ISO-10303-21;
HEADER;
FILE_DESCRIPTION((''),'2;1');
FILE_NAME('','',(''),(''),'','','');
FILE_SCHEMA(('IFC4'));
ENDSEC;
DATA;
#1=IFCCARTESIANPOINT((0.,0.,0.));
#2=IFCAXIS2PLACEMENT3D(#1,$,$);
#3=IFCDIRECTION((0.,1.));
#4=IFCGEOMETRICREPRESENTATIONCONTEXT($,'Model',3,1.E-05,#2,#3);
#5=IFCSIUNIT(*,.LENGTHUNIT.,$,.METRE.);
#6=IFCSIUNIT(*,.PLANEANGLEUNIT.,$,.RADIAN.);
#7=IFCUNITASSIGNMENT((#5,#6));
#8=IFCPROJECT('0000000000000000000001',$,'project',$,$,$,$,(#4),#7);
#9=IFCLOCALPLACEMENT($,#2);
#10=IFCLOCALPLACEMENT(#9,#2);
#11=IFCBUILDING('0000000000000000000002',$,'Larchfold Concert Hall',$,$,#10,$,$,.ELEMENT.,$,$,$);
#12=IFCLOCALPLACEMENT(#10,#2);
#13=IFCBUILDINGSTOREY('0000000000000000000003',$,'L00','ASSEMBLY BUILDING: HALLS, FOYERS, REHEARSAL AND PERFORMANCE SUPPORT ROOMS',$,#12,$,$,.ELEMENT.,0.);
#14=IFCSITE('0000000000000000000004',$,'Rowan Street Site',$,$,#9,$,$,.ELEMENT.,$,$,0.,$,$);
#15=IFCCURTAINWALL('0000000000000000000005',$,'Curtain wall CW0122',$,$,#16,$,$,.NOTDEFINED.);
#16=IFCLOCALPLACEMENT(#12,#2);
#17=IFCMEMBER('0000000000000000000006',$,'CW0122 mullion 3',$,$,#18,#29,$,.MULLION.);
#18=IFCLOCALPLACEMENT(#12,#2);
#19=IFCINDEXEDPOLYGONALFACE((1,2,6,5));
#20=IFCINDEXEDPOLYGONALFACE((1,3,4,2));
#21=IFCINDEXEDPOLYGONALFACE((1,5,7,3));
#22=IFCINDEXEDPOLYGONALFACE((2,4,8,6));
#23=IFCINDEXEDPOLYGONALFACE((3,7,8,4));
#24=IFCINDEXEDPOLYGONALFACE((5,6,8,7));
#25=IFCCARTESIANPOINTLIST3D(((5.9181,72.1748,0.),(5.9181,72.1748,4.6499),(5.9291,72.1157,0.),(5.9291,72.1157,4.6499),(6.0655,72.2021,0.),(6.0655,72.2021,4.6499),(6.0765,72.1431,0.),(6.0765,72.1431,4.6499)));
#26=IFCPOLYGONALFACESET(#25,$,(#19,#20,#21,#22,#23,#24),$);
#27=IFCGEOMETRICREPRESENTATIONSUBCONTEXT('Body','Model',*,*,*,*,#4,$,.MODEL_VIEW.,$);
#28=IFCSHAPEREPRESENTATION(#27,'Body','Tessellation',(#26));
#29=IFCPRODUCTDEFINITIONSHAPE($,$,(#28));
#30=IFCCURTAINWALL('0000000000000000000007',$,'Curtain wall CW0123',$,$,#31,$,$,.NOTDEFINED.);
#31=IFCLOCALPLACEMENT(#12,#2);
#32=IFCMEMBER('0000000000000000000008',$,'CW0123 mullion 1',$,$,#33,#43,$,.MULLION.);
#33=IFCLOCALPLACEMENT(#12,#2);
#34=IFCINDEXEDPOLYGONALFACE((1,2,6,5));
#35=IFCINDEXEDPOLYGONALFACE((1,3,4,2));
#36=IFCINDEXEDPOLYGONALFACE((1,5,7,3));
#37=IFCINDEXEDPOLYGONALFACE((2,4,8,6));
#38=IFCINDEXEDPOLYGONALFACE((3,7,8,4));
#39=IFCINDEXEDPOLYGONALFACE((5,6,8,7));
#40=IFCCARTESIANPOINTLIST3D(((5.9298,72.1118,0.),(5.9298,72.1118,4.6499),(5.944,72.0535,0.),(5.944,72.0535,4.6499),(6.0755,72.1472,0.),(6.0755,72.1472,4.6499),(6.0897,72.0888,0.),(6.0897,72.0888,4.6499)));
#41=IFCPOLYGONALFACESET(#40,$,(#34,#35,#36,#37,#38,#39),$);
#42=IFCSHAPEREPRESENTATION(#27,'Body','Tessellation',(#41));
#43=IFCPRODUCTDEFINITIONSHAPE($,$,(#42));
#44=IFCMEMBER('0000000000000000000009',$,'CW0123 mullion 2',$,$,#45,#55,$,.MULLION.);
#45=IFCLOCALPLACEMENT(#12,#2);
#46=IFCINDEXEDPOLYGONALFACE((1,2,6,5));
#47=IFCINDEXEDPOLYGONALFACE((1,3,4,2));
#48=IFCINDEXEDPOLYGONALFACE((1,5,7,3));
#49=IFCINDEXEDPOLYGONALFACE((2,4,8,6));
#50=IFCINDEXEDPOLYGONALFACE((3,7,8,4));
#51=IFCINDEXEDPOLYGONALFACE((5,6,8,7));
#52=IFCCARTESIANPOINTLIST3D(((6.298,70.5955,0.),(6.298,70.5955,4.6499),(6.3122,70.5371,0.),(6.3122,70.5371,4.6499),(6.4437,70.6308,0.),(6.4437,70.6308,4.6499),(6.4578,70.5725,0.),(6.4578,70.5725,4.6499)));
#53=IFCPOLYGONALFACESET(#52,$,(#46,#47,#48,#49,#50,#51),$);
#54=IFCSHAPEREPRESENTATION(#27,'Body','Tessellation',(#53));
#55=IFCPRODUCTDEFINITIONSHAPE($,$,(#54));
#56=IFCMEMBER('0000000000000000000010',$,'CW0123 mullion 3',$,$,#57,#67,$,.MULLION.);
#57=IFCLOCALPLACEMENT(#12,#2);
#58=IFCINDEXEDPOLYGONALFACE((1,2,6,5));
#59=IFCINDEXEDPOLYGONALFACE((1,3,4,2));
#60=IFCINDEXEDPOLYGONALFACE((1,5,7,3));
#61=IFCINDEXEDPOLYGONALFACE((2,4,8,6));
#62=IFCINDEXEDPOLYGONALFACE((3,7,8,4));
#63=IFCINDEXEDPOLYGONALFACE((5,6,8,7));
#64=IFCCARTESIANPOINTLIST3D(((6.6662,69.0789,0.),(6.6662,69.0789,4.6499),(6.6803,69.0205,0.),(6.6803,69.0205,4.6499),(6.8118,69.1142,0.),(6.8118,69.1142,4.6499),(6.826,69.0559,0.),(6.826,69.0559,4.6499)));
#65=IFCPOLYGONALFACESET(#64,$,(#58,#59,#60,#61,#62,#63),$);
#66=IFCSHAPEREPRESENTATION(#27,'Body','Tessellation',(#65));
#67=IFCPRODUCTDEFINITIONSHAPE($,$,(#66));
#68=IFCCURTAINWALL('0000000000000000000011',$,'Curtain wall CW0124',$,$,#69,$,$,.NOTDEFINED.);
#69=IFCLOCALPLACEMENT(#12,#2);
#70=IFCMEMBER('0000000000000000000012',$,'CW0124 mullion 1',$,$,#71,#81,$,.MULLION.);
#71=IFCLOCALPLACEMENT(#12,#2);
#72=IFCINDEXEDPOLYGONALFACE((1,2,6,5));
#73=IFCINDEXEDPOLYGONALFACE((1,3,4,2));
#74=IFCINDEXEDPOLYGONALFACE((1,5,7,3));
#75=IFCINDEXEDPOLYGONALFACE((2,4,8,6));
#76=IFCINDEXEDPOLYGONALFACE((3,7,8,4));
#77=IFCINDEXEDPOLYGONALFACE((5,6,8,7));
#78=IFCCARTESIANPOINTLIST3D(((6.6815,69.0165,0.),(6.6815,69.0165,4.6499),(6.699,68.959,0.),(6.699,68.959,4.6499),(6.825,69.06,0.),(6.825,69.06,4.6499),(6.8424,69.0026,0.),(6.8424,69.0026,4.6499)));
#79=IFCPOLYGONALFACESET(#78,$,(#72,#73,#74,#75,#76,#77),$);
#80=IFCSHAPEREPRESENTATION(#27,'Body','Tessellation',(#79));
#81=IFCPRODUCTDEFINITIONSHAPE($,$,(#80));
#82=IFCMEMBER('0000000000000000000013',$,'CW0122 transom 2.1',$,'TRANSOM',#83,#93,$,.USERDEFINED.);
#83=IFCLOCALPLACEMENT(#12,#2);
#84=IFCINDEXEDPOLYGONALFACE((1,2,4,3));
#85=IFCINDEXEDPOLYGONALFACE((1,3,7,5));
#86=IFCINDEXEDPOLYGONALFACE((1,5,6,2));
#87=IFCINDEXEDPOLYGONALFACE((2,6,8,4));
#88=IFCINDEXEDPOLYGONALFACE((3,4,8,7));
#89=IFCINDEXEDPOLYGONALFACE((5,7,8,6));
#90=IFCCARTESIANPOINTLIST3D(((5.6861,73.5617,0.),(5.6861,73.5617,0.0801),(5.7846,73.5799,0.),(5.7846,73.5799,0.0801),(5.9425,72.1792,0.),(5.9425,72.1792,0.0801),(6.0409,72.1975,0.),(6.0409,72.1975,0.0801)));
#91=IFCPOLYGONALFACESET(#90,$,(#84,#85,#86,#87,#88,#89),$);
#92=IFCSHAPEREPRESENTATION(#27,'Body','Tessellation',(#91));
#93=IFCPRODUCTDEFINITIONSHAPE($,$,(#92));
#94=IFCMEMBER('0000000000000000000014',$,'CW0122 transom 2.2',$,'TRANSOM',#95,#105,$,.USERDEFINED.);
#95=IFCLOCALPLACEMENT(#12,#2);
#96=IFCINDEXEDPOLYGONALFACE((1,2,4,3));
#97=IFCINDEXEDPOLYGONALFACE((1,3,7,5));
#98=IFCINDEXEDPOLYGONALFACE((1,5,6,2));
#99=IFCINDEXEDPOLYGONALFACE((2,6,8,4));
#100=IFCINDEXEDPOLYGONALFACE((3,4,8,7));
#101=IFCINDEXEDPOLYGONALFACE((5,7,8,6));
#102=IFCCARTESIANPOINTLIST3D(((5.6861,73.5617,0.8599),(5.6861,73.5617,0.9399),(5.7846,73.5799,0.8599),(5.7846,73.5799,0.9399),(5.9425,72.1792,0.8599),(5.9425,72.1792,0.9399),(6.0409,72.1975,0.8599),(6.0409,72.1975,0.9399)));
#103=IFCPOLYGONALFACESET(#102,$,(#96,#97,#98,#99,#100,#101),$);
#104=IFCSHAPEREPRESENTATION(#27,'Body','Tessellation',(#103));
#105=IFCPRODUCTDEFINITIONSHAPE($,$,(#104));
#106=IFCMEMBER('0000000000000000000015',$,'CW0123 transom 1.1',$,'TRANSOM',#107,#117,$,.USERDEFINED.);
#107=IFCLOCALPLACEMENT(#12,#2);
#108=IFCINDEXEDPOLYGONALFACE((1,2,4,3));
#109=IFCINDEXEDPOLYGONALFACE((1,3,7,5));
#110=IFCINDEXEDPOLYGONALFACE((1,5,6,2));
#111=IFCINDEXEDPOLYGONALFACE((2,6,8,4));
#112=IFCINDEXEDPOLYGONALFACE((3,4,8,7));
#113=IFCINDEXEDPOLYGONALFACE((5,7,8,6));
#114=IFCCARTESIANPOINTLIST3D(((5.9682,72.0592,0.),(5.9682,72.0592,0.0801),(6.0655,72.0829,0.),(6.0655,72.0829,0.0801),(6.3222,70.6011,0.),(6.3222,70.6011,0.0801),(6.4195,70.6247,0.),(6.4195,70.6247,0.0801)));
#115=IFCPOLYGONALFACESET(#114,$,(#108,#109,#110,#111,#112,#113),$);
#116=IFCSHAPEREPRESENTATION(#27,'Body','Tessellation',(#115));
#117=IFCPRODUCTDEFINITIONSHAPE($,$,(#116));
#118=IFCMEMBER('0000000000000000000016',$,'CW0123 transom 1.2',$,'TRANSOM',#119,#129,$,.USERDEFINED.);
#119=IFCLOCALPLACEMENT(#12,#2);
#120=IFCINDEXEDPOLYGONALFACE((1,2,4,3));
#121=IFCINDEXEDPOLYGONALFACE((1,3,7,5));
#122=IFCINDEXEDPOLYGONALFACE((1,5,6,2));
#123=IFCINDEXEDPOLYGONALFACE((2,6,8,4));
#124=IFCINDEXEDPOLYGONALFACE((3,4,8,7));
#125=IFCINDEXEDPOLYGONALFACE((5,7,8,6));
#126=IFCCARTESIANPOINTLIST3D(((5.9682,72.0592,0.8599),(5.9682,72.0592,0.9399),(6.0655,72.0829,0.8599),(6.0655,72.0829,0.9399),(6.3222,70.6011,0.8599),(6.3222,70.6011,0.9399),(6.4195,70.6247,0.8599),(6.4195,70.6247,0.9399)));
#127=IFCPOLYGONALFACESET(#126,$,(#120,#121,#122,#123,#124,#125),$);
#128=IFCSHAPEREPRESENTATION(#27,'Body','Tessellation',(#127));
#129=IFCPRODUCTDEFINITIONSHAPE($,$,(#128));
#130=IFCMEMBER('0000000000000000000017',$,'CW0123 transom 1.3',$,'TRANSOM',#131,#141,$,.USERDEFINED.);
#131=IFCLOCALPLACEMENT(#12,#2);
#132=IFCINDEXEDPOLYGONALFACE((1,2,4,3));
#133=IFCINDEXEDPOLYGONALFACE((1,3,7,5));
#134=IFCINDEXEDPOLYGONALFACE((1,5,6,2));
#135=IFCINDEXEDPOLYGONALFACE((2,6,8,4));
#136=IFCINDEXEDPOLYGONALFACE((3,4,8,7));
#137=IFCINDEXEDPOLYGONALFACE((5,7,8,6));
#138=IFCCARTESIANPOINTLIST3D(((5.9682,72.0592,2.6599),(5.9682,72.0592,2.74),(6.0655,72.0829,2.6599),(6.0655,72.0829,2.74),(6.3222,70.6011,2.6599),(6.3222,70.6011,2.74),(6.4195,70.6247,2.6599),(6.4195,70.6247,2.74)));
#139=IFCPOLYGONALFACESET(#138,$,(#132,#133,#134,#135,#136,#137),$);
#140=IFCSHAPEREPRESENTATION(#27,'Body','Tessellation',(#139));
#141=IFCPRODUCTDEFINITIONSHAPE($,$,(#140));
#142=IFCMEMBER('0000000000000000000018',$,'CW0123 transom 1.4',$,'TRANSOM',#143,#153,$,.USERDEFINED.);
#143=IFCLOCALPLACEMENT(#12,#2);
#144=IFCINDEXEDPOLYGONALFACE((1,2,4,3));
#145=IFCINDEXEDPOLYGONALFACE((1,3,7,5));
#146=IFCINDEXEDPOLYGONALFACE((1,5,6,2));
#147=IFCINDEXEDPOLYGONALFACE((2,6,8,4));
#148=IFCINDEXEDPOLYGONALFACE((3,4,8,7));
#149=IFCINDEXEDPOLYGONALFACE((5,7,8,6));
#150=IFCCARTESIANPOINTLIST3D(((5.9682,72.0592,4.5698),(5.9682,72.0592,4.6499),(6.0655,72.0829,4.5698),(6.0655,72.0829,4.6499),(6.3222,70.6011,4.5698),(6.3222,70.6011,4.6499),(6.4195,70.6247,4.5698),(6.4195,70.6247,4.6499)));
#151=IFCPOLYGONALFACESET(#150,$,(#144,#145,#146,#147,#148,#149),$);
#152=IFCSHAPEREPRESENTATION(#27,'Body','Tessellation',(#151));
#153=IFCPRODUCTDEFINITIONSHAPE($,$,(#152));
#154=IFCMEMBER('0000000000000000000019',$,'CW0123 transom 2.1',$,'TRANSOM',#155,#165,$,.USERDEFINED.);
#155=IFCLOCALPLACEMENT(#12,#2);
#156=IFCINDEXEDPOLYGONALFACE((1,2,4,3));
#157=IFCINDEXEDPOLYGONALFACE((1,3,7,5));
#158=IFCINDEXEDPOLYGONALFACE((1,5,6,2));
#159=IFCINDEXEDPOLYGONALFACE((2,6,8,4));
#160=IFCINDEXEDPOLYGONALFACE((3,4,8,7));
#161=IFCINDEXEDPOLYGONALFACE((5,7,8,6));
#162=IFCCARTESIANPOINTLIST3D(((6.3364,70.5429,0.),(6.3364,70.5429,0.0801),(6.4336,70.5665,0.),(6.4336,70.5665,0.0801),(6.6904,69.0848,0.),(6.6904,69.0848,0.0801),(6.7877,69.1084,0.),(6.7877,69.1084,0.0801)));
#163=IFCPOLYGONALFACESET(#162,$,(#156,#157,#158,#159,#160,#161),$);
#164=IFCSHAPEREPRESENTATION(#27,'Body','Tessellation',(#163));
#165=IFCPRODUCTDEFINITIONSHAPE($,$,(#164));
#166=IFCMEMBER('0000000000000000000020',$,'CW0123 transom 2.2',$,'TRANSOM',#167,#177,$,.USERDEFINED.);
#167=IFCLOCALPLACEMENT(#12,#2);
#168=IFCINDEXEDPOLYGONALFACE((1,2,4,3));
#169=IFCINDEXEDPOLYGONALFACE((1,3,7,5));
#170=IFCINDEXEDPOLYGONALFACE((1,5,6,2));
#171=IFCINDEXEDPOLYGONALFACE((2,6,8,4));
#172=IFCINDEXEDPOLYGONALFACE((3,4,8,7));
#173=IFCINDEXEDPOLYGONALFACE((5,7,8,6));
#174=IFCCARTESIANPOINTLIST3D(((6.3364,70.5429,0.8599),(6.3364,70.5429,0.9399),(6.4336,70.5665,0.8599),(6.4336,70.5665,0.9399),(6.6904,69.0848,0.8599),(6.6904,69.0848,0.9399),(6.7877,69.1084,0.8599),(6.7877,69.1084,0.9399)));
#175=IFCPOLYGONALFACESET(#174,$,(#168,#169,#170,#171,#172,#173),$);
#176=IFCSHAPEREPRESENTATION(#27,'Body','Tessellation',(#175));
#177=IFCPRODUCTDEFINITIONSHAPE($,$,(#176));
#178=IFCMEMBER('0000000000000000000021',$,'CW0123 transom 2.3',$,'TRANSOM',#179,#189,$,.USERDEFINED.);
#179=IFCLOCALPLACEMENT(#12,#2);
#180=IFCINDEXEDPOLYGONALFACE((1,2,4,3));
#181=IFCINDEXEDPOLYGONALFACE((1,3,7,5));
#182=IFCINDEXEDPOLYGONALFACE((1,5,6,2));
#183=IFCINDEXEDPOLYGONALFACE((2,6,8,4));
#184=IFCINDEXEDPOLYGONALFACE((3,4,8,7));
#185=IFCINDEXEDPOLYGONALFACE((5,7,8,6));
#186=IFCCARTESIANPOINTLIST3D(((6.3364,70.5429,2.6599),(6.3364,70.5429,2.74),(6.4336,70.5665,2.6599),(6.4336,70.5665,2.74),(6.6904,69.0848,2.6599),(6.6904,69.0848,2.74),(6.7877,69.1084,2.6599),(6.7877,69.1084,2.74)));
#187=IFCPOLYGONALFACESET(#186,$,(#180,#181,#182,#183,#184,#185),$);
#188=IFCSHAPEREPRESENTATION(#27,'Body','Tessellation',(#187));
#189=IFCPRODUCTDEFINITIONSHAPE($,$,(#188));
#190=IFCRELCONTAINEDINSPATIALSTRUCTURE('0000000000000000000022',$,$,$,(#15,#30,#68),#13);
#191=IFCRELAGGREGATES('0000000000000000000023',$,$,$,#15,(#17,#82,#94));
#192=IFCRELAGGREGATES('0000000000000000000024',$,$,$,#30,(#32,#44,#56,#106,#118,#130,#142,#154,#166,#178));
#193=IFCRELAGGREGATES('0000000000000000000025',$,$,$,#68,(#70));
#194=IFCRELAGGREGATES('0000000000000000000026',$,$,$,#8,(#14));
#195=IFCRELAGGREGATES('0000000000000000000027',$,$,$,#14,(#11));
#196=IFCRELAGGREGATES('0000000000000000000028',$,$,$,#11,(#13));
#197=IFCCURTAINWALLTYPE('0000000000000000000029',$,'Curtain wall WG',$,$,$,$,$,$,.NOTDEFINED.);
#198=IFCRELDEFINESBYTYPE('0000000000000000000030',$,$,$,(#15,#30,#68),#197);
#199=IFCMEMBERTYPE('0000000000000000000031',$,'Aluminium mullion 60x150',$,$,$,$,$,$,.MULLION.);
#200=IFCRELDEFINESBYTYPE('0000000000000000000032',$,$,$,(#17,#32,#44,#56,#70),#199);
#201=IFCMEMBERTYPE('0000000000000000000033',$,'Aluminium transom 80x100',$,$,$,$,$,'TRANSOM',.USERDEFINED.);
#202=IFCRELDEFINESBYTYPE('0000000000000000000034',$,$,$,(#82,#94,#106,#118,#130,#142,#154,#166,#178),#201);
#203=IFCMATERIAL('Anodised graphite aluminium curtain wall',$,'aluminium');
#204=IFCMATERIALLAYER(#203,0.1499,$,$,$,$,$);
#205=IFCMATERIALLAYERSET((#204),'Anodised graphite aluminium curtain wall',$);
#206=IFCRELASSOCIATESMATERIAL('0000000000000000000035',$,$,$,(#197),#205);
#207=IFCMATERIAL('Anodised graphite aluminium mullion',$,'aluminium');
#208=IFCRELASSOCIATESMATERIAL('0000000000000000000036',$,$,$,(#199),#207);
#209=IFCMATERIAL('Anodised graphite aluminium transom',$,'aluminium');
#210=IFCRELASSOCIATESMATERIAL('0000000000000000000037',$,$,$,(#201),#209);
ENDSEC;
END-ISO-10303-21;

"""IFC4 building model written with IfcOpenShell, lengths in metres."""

from ifc_helpers import new_model, si_unit, direction, frame, origin, origin_2d, place, context, subcontext, project, spatial, rectangle, extrude, material, layer, layer_set, material_profile, profile_set, type_object, element, aggregate, save


model = new_model("IFC4")

# Units and contexts
model_context = context("Model", 3, precision=1e-05, world=origin(), true_north=direction((0.0, 1.0)))
body_context = subcontext(model_context, "Body", "Model", "MODEL_VIEW")
ifc_project = project(units=[si_unit("LENGTHUNIT", "METRE"), si_unit("PLANEANGLEUNIT", "RADIAN")], contexts=[model_context])

# Site, building, storey
site_placement = place(None, origin())
site = spatial("IfcSite", under=ifc_project, at=site_placement, Name="Rowan Street Site", CompositionType="ELEMENT", RefElevation=0.0)
building_placement = place(site_placement, origin())
building = spatial("IfcBuilding", under=site, at=building_placement, Name="Larchfold Concert Hall", CompositionType="ELEMENT")
storey_placement = place(building_placement, origin())
storey = spatial("IfcBuildingStorey", under=building, at=storey_placement, Name="L00", Description="ASSEMBLY BUILDING: HALLS, FOYERS, REHEARSAL AND PERFORMANCE SUPPORT ROOMS", CompositionType="ELEMENT", Elevation=0.0)

# Curtain wall, member
ifc_material_1 = material(Name="Anodised graphite aluminium curtain wall", Category="aluminium")
ifc_layer_1 = layer(ifc_material_1, 0.1499)
ifc_layer_set_1 = layer_set([ifc_layer_1], Name="Anodised graphite aluminium curtain wall")
curtain_wall_type = type_object("IfcCurtainWallType", Name="Curtain wall WG", PredefinedType="NOTDEFINED", material=ifc_layer_set_1)
curtain_wall_1_placement = place(storey_placement, origin())
curtain_wall_1 = element("IfcCurtainWall", 1, at=curtain_wall_1_placement, inside=storey, type_object=curtain_wall_type, Name="Curtain wall CW0122", PredefinedType="NOTDEFINED")
ifc_material_2 = material(Name="Anodised graphite aluminium mullion", Category="aluminium")
ifc_material_profile_1 = material_profile(ifc_material_2, rectangle(XDim=0.1499, YDim=0.0601, at=origin_2d()))
ifc_profile_set_1 = profile_set([ifc_material_profile_1], Name="Anodised graphite aluminium mullion")
member_type_1 = type_object("IfcMemberType", Name="Aluminium mullion 60x150", PredefinedType="MULLION", material=ifc_profile_set_1)
member_1_placement = place(storey_placement, frame((5.9973, 72.1589, 0.0), z_axis=(0.0, 0.0, 1.0), x_axis=(0.983231, 0.182367, 0.0)))
member_1 = element("IfcMember", 2, at=member_1_placement, type_object=member_type_1, Name="CW0122 mullion 3", PredefinedType="MULLION", context=body_context, shape_type="SweptSolid", body=[
    extrude(rectangle(XDim=0.1499, YDim=0.0601, at=origin_2d()), origin(), (0.0, 0.0, 1.0), 4.6499),
])

# Curtain wall, members
curtain_wall_2_placement = place(storey_placement, origin())
curtain_wall_2 = element("IfcCurtainWall", 3, at=curtain_wall_2_placement, inside=storey, type_object=curtain_wall_type, Name="Curtain wall CW0123", PredefinedType="NOTDEFINED")
member_2_placement = place(storey_placement, frame((6.0098, 72.1003, 0.0), z_axis=(0.0, 0.0, 1.0), x_axis=(0.971768, 0.235938, 0.0)))
member_2 = element("IfcMember", 4, at=member_2_placement, type_object=member_type_1, Name="CW0123 mullion 1", PredefinedType="MULLION", context=body_context, shape_type="SweptSolid", body=[
    extrude(rectangle(XDim=0.1499, YDim=0.0601, at=origin_2d()), origin(), (0.0, 0.0, 1.0), 4.6499),
])
member_3_placement = place(storey_placement, frame((6.3779, 70.584, 0.0), z_axis=(0.0, 0.0, 1.0), x_axis=(0.971768, 0.235938, 0.0)))
member_3 = element("IfcMember", 5, at=member_3_placement, type_object=member_type_1, Name="CW0123 mullion 2", PredefinedType="MULLION", context=body_context, shape_type="SweptSolid", body=[
    extrude(rectangle(XDim=0.1499, YDim=0.0601, at=origin_2d()), origin(), (0.0, 0.0, 1.0), 4.6499),
])
member_4_placement = place(storey_placement, frame((6.7461, 69.0674, 0.0), z_axis=(0.0, 0.0, 1.0), x_axis=(0.971768, 0.235938, 0.0)))
member_4 = element("IfcMember", 6, at=member_4_placement, type_object=member_type_1, Name="CW0123 mullion 3", PredefinedType="MULLION", context=body_context, shape_type="SweptSolid", body=[
    extrude(rectangle(XDim=0.1499, YDim=0.0601, at=origin_2d()), origin(), (0.0, 0.0, 1.0), 4.6499),
])

# Curtain wall, member
curtain_wall_3_placement = place(storey_placement, origin())
curtain_wall_3 = element("IfcCurtainWall", 7, at=curtain_wall_3_placement, inside=storey, type_object=curtain_wall_type, Name="Curtain wall CW0124", PredefinedType="NOTDEFINED")
member_5_placement = place(storey_placement, frame((6.762, 69.0095, 0.0), z_axis=(0.0, 0.0, 1.0), x_axis=(0.956838, 0.290622, 0.0)))
member_5 = element("IfcMember", 8, at=member_5_placement, type_object=member_type_1, Name="CW0124 mullion 1", PredefinedType="MULLION", context=body_context, shape_type="SweptSolid", body=[
    extrude(rectangle(XDim=0.1499, YDim=0.0601, at=origin_2d()), origin(), (0.0, 0.0, 1.0), 4.6499),
])

# Members
ifc_material_3 = material(Name="Anodised graphite aluminium transom", Category="aluminium")
ifc_material_profile_2 = material_profile(ifc_material_3, rectangle(XDim=0.1001, YDim=0.0801, at=origin_2d()))
ifc_profile_set_2 = profile_set([ifc_material_profile_2], Name="Anodised graphite aluminium transom")
member_type_2 = type_object("IfcMemberType", Name="Aluminium transom 80x100", ElementType="TRANSOM", PredefinedType="USERDEFINED", material=ifc_profile_set_2)
member_6_placement = place(storey_placement, frame((5.7354, 73.5708, 0.04), z_axis=(0.182338, -0.983236, 0.0), x_axis=(0.983236, 0.182338, 0.0)))
member_6 = element("IfcMember", 9, at=member_6_placement, type_object=member_type_2, Name="CW0122 transom 2.1", ObjectType="TRANSOM", PredefinedType="USERDEFINED", context=body_context, shape_type="SweptSolid", body=[
    extrude(rectangle(XDim=0.1001, YDim=0.0801, at=origin_2d()), origin(), (0.0, 0.0, 1.0), 1.406),
])
member_7_placement = place(storey_placement, frame((5.7354, 73.5708, 0.8999), z_axis=(0.182338, -0.983236, 0.0), x_axis=(0.983236, 0.182338, 0.0)))
member_7 = element("IfcMember", 10, at=member_7_placement, type_object=member_type_2, Name="CW0122 transom 2.2", ObjectType="TRANSOM", PredefinedType="USERDEFINED", context=body_context, shape_type="SweptSolid", body=[
    extrude(rectangle(XDim=0.1001, YDim=0.0801, at=origin_2d()), origin(), (0.0, 0.0, 1.0), 1.406),
])
member_8_placement = place(storey_placement, frame((6.0168, 72.071, 0.04), z_axis=(0.235945, -0.971766, 0.0), x_axis=(0.971766, 0.235945, 0.0)))
member_8 = element("IfcMember", 11, at=member_8_placement, type_object=member_type_2, Name="CW0123 transom 1.1", ObjectType="TRANSOM", PredefinedType="USERDEFINED", context=body_context, shape_type="SweptSolid", body=[
    extrude(rectangle(XDim=0.1001, YDim=0.0801, at=origin_2d()), origin(), (0.0, 0.0, 1.0), 1.5005),
])
member_9_placement = place(storey_placement, frame((6.0168, 72.071, 0.8999), z_axis=(0.235945, -0.971766, 0.0), x_axis=(0.971766, 0.235945, 0.0)))
member_9 = element("IfcMember", 12, at=member_9_placement, type_object=member_type_2, Name="CW0123 transom 1.2", ObjectType="TRANSOM", PredefinedType="USERDEFINED", context=body_context, shape_type="SweptSolid", body=[
    extrude(rectangle(XDim=0.1001, YDim=0.0801, at=origin_2d()), origin(), (0.0, 0.0, 1.0), 1.5005),
])
member_10_placement = place(storey_placement, frame((6.0168, 72.071, 2.7), z_axis=(0.235945, -0.971766, 0.0), x_axis=(0.971766, 0.235945, 0.0)))
member_10 = element("IfcMember", 13, at=member_10_placement, type_object=member_type_2, Name="CW0123 transom 1.3", ObjectType="TRANSOM", PredefinedType="USERDEFINED", context=body_context, shape_type="SweptSolid", body=[
    extrude(rectangle(XDim=0.1001, YDim=0.0801, at=origin_2d()), origin(), (0.0, 0.0, 1.0), 1.5005),
])
member_11_placement = place(storey_placement, frame((6.0168, 72.071, 4.6099), z_axis=(0.235945, -0.971766, 0.0), x_axis=(0.971766, 0.235945, 0.0)))
member_11 = element("IfcMember", 14, at=member_11_placement, type_object=member_type_2, Name="CW0123 transom 1.4", ObjectType="TRANSOM", PredefinedType="USERDEFINED", context=body_context, shape_type="SweptSolid", body=[
    extrude(rectangle(XDim=0.1001, YDim=0.0801, at=origin_2d()), origin(), (0.0, 0.0, 1.0), 1.5005),
])
member_12_placement = place(storey_placement, frame((6.385, 70.5547, 0.04), z_axis=(0.235945, -0.971766, 0.0), x_axis=(0.971766, 0.235945, 0.0)))
member_12 = element("IfcMember", 15, at=member_12_placement, type_object=member_type_2, Name="CW0123 transom 2.1", ObjectType="TRANSOM", PredefinedType="USERDEFINED", context=body_context, shape_type="SweptSolid", body=[
    extrude(rectangle(XDim=0.1001, YDim=0.0801, at=origin_2d()), origin(), (0.0, 0.0, 1.0), 1.5005),
])
member_13_placement = place(storey_placement, frame((6.385, 70.5547, 0.8999), z_axis=(0.235945, -0.971766, 0.0), x_axis=(0.971766, 0.235945, 0.0)))
member_13 = element("IfcMember", 16, at=member_13_placement, type_object=member_type_2, Name="CW0123 transom 2.2", ObjectType="TRANSOM", PredefinedType="USERDEFINED", context=body_context, shape_type="SweptSolid", body=[
    extrude(rectangle(XDim=0.1001, YDim=0.0801, at=origin_2d()), origin(), (0.0, 0.0, 1.0), 1.5005),
])
member_14_placement = place(storey_placement, frame((6.385, 70.5547, 2.7), z_axis=(0.235945, -0.971766, 0.0), x_axis=(0.971766, 0.235945, 0.0)))
member_14 = element("IfcMember", 17, at=member_14_placement, type_object=member_type_2, Name="CW0123 transom 2.3", ObjectType="TRANSOM", PredefinedType="USERDEFINED", context=body_context, shape_type="SweptSolid", body=[
    extrude(rectangle(XDim=0.1001, YDim=0.0801, at=origin_2d()), origin(), (0.0, 0.0, 1.0), 1.5005),
])

aggregate(curtain_wall_1, [member_1, member_6, member_7])
aggregate(curtain_wall_2, [member_2, member_3, member_4, member_8, member_9, member_10, member_11, member_12, member_13, member_14])
aggregate(curtain_wall_3, [member_5])

save(model, "model.ifc")
